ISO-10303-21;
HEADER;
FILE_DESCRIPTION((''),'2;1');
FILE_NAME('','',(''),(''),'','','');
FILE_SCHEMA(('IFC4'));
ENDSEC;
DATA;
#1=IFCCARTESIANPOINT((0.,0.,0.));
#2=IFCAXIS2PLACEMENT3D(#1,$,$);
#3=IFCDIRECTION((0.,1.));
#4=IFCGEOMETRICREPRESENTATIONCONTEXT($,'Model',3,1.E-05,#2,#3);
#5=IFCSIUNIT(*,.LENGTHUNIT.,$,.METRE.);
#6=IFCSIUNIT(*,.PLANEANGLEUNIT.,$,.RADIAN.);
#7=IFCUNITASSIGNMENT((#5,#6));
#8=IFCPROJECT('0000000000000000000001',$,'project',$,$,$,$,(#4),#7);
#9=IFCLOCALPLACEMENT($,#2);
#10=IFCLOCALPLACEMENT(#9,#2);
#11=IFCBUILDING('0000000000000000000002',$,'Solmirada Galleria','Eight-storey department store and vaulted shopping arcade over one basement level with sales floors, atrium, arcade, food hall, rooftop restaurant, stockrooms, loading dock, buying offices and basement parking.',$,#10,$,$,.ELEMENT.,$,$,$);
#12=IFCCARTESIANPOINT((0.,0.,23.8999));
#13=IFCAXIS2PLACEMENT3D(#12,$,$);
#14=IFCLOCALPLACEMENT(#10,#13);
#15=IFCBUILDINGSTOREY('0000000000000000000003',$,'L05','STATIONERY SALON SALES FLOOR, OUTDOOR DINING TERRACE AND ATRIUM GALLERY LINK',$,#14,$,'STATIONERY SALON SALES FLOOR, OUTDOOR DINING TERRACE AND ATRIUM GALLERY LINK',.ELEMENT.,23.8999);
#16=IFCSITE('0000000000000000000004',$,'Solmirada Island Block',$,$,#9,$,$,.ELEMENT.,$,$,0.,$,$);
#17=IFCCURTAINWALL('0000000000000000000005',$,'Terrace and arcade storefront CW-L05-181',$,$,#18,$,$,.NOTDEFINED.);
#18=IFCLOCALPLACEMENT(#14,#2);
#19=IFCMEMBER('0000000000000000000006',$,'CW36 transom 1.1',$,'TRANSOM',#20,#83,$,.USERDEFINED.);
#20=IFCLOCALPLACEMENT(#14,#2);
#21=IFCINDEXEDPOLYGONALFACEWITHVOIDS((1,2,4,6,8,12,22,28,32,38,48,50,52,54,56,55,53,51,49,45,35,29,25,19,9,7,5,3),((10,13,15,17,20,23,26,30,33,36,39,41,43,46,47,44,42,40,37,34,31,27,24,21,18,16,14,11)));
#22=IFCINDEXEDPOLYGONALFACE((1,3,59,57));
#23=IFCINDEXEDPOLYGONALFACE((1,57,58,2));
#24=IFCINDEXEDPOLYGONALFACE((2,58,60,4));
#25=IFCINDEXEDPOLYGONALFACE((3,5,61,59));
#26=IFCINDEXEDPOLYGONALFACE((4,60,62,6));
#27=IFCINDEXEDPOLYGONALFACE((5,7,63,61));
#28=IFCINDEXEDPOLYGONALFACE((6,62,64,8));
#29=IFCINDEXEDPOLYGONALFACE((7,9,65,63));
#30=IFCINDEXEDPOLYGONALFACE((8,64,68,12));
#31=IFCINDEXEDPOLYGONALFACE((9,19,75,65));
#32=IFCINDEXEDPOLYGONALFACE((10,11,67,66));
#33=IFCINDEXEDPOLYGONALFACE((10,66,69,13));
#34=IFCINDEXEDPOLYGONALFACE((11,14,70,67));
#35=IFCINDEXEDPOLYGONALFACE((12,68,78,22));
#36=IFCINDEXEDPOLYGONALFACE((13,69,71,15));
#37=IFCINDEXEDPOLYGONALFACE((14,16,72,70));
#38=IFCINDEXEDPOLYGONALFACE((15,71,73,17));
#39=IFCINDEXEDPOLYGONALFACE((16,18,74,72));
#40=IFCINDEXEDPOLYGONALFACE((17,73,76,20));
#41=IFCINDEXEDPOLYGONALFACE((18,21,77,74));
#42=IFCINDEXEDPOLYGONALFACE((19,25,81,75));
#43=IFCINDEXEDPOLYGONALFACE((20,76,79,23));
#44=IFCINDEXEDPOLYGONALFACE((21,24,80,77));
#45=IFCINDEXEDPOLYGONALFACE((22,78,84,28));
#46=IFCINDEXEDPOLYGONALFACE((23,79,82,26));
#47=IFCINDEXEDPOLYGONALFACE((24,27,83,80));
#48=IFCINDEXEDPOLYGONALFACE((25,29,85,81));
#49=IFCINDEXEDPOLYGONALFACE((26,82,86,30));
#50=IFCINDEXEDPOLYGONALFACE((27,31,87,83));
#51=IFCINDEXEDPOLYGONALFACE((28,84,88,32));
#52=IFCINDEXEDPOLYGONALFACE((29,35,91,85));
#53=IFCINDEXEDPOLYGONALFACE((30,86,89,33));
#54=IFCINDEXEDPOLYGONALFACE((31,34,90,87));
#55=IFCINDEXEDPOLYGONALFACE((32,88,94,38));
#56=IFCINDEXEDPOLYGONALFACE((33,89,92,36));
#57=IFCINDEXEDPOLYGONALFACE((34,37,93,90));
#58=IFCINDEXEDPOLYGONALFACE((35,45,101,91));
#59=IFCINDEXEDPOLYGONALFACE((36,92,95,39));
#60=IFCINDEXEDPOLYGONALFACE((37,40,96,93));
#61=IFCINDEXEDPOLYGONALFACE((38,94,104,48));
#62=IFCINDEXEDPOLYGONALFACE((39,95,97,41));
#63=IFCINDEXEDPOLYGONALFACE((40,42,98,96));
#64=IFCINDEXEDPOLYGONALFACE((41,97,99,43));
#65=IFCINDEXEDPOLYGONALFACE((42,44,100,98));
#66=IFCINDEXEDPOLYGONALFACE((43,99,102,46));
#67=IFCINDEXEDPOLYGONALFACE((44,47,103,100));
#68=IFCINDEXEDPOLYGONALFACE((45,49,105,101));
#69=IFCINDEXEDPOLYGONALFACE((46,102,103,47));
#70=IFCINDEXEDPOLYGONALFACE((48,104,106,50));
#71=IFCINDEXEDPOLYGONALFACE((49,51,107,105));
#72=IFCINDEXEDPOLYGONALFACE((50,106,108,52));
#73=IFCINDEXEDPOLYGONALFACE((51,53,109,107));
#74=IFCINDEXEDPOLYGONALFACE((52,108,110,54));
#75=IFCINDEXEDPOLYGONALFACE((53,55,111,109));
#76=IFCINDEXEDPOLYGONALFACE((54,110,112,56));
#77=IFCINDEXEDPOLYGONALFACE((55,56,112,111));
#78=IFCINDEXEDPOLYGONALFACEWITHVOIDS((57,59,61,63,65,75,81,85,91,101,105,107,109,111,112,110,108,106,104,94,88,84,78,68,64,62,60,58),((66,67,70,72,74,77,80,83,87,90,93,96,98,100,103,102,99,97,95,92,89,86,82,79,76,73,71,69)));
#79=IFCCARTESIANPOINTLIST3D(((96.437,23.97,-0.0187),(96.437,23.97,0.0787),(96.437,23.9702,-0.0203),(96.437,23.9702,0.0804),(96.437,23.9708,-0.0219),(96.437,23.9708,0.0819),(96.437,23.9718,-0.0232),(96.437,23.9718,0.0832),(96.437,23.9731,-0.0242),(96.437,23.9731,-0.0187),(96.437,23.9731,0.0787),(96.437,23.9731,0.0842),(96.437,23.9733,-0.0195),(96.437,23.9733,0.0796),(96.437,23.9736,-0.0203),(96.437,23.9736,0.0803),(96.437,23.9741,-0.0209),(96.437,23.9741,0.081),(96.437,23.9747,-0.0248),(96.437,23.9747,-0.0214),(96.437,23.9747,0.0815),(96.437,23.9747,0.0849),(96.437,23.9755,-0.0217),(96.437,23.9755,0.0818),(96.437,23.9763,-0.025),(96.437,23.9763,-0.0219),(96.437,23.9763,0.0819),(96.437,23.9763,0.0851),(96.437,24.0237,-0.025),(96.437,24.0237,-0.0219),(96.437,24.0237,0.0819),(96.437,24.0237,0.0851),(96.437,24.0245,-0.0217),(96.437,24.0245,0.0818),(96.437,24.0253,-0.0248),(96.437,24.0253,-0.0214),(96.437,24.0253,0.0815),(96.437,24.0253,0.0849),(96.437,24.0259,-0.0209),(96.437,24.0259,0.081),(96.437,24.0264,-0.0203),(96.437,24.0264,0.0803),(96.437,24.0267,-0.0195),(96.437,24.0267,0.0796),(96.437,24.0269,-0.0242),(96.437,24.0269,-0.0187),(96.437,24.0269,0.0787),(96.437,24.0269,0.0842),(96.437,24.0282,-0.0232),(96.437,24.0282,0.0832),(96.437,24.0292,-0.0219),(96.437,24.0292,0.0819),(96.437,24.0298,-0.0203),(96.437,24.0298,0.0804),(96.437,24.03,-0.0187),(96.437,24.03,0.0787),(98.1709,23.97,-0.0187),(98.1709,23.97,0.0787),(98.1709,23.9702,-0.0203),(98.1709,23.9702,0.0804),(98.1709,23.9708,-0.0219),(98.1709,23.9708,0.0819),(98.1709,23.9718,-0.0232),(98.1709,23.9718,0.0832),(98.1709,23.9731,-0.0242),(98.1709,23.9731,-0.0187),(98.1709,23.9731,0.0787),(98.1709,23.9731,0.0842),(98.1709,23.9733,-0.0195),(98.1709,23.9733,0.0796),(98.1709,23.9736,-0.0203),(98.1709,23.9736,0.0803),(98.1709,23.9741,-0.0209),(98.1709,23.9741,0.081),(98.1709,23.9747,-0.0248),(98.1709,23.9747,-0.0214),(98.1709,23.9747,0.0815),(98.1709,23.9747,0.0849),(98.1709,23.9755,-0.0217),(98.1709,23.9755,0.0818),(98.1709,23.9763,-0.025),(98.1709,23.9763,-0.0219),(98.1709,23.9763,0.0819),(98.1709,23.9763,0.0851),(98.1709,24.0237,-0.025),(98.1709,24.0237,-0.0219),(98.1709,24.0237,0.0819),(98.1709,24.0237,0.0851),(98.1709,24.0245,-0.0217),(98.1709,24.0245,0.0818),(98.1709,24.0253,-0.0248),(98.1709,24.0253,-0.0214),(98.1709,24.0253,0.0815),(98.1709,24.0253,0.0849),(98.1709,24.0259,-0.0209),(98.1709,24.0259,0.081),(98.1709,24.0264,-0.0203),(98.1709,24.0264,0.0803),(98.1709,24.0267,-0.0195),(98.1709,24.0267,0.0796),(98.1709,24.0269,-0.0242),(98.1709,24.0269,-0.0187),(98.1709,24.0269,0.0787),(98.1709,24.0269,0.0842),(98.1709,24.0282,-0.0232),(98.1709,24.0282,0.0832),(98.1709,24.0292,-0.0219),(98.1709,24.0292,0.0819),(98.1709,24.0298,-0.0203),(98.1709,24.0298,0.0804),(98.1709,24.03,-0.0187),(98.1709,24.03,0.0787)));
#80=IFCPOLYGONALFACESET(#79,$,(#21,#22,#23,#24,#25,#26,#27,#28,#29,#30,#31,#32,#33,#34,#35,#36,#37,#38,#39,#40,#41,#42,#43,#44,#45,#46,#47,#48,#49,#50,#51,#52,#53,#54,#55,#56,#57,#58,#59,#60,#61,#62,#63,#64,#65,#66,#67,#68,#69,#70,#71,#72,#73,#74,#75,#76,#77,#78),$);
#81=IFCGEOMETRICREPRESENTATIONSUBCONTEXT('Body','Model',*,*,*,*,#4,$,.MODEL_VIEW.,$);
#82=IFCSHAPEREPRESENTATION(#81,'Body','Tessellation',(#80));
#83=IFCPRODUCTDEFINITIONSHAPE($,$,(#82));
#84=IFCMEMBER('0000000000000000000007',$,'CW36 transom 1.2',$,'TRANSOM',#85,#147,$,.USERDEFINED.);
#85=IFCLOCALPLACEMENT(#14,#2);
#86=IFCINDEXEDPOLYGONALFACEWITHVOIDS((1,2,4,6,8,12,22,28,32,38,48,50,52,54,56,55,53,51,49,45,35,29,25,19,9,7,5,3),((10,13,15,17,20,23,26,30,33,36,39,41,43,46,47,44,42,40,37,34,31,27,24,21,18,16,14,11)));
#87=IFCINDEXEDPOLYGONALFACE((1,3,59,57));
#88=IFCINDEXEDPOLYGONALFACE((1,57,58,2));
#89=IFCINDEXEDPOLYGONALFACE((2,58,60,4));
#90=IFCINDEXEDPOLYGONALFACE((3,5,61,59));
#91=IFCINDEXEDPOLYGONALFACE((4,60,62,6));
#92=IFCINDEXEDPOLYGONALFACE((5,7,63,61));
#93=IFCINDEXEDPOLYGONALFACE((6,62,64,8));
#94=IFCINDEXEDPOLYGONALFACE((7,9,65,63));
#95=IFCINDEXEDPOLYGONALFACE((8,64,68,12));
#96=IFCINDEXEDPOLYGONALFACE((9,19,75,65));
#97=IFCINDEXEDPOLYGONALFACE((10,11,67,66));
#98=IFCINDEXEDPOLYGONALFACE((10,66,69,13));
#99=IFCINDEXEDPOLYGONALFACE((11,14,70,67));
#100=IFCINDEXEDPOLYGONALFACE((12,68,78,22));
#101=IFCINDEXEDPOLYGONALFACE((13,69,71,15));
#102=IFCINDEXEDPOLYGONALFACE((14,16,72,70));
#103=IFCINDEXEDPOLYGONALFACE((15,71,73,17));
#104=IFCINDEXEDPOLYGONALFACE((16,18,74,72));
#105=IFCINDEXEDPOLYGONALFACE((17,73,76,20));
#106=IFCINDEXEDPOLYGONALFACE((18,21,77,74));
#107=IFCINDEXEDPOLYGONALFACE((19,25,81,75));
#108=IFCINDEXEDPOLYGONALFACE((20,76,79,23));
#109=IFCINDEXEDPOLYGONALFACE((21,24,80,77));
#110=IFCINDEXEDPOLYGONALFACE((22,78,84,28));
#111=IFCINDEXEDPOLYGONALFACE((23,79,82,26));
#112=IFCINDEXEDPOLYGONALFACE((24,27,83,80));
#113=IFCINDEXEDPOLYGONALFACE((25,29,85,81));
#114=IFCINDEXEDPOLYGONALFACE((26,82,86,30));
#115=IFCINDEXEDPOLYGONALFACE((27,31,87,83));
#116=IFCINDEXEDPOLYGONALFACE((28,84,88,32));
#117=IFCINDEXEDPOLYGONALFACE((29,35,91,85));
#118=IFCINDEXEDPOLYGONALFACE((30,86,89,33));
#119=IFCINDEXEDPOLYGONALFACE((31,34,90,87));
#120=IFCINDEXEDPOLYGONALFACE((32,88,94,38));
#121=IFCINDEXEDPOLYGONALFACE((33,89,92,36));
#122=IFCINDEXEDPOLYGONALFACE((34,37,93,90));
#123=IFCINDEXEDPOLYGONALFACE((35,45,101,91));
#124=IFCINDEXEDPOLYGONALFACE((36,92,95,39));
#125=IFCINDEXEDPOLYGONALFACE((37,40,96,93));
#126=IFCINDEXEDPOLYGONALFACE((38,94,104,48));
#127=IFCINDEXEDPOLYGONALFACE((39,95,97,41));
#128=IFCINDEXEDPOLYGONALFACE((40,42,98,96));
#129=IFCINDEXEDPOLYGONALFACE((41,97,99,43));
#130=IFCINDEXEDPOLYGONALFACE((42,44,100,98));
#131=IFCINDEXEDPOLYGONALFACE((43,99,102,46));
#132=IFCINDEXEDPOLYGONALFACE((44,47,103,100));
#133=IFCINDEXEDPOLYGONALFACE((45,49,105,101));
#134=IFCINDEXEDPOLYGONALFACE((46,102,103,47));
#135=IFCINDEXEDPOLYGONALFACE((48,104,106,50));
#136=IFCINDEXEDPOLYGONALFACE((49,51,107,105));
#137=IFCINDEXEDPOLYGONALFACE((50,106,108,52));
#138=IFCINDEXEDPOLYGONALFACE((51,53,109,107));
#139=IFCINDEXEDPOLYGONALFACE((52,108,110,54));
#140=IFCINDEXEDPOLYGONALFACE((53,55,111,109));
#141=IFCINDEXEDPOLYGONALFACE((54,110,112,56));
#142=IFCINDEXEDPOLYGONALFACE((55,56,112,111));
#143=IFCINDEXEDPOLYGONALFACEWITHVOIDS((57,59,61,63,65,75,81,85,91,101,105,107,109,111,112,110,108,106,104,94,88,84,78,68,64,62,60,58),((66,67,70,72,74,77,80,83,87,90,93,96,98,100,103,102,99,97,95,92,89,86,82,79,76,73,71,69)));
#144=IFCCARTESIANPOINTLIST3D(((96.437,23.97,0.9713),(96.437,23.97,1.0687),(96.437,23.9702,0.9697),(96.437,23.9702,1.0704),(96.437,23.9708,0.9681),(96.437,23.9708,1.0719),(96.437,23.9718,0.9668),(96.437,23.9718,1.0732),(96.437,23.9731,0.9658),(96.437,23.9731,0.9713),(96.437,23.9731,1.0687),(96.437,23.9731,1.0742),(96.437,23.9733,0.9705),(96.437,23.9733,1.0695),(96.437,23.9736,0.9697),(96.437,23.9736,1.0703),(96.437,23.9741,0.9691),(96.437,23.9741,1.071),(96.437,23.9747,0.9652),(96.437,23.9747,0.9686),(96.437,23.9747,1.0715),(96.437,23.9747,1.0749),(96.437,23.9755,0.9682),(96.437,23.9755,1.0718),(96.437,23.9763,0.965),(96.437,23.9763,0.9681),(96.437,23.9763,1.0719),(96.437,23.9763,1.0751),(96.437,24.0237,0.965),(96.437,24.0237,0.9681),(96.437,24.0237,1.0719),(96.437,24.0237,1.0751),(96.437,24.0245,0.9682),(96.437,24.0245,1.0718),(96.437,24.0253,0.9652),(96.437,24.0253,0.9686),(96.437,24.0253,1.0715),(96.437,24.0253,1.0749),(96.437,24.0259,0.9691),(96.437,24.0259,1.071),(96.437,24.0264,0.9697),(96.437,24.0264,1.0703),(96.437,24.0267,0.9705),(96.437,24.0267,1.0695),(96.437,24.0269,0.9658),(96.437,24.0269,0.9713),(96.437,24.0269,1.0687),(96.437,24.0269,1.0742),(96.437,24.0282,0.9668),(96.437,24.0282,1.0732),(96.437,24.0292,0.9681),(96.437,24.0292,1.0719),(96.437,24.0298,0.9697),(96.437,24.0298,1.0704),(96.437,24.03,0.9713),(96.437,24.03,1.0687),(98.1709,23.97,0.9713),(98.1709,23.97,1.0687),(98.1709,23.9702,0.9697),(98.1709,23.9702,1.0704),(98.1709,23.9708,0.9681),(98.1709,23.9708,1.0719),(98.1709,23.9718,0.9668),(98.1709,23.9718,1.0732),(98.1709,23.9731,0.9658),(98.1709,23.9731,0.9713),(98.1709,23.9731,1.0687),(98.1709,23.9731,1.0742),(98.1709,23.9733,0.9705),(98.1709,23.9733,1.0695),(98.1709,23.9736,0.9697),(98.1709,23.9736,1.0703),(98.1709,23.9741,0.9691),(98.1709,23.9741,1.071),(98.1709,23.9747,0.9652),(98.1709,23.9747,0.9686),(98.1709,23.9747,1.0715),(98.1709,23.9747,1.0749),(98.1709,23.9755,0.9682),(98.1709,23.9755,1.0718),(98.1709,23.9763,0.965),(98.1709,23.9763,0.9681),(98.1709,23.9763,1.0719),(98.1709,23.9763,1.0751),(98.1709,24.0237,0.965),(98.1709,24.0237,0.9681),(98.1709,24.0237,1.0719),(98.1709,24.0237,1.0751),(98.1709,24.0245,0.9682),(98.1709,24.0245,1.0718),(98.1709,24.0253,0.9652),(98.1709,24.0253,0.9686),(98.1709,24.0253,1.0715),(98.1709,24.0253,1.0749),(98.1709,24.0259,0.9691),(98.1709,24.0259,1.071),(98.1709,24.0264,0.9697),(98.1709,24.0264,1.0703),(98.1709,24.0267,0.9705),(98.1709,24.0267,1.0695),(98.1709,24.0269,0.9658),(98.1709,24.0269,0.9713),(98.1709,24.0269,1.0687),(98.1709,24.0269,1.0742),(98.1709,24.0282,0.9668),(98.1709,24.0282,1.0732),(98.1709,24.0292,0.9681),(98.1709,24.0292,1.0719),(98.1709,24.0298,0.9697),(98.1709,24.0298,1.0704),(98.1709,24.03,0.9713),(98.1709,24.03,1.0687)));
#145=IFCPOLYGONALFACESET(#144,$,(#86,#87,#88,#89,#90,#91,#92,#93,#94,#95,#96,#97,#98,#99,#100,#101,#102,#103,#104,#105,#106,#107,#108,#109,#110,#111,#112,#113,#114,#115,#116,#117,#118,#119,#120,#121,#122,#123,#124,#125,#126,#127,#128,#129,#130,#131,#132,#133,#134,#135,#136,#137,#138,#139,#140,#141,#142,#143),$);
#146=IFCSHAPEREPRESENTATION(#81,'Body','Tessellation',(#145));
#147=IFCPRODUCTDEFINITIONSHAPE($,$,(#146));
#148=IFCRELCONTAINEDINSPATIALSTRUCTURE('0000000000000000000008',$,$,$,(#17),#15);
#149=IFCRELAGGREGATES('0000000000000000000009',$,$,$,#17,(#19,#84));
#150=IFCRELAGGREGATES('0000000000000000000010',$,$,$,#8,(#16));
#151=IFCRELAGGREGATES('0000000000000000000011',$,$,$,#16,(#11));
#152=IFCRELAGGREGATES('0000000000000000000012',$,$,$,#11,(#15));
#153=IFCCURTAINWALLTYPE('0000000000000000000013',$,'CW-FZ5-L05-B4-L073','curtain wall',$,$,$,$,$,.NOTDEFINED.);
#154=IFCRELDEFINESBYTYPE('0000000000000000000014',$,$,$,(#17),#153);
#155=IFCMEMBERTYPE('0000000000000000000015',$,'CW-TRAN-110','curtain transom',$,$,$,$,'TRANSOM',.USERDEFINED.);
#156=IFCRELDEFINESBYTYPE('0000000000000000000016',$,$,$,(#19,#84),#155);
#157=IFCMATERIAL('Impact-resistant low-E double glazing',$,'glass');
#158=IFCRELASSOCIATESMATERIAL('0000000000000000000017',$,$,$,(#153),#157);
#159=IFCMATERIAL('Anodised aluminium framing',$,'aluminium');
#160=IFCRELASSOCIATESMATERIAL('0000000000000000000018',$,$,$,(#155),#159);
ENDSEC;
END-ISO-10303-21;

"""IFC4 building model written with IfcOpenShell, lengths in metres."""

from ifc_helpers import new_model, si_unit, direction, frame, origin, origin_2d, place, context, subcontext, project, spatial, hollow_rectangle, extrude, material, material_profile, profile_set, type_object, element, aggregate, save


model = new_model("IFC4")

# Units and contexts
model_context = context("Model", 3, precision=1e-05, world=origin(), true_north=direction((0.0, 1.0)))
body_context = subcontext(model_context, "Body", "Model", "MODEL_VIEW")
ifc_project = project(units=[si_unit("LENGTHUNIT", "METRE"), si_unit("PLANEANGLEUNIT", "RADIAN")], contexts=[model_context])

# Site, building, storey
site_placement = place(None, origin())
site = spatial("IfcSite", under=ifc_project, at=site_placement, Name="Solmirada Island Block", CompositionType="ELEMENT", RefElevation=0.0)
building_placement = place(site_placement, origin())
building = spatial("IfcBuilding", under=site, at=building_placement, Name="Solmirada Galleria", Description="Eight-storey department store and vaulted shopping arcade over one basement level with sales floors, atrium, arcade, food hall, rooftop restaurant, stockrooms, loading dock, buying offices and basement parking.", CompositionType="ELEMENT")
storey_placement = place(building_placement, frame((0.0, 0.0, 23.8999)))
storey = spatial("IfcBuildingStorey", under=building, at=storey_placement, Name="L05", Description="STATIONERY SALON SALES FLOOR, OUTDOOR DINING TERRACE AND ATRIUM GALLERY LINK", LongName="STATIONERY SALON SALES FLOOR, OUTDOOR DINING TERRACE AND ATRIUM GALLERY LINK", CompositionType="ELEMENT", Elevation=23.8999)

# Curtain wall, members
ifc_material_1 = material(Name="Impact-resistant low-E double glazing", Category="glass")
curtain_wall_type = type_object("IfcCurtainWallType", Name="CW-FZ5-L05-B4-L073", Description="curtain wall", PredefinedType="NOTDEFINED", material=ifc_material_1)
curtain_wall_placement = place(storey_placement, origin())
curtain_wall = element("IfcCurtainWall", 1, at=curtain_wall_placement, inside=storey, type_object=curtain_wall_type, Name="Terrace and arcade storefront CW-L05-181", PredefinedType="NOTDEFINED")
ifc_material_2 = material(Name="Anodised aluminium framing", Category="aluminium")
ifc_material_profile_1 = material_profile(ifc_material_2, hollow_rectangle(XDim=0.0601, YDim=0.1101, WallThickness=0.0032, InnerFilletRadius=0.0032, OuterFilletRadius=0.0063, at=origin_2d()), Name="ALU-TRAN-110X60")
ifc_profile_set_1 = profile_set([ifc_material_profile_1], Name="Anodised aluminium framing")
member_type_1 = type_object("IfcMemberType", Name="CW-TRAN-110", Description="curtain transom", ElementType="TRANSOM", PredefinedType="USERDEFINED", material=ifc_profile_set_1)
member_1_placement = place(storey_placement, frame((96.437, 24.0, 0.03), z_axis=(1.0, 0.0, 0.0), x_axis=(0.0, 1.0, 0.0)))
member_1 = element("IfcMember", 2, at=member_1_placement, type_object=member_type_1, Name="CW36 transom 1.1", ObjectType="TRANSOM", PredefinedType="USERDEFINED", context=body_context, shape_type="SweptSolid", body=[
    extrude(hollow_rectangle(XDim=0.0601, YDim=0.1101, WallThickness=0.0032, InnerFilletRadius=0.0032, OuterFilletRadius=0.0063, at=origin_2d()), origin(), (0.0, 0.0, 1.0), 1.7339),
])
member_2_placement = place(storey_placement, frame((96.437, 24.0, 1.02), z_axis=(1.0, 0.0, 0.0), x_axis=(0.0, 1.0, 0.0)))
member_2 = element("IfcMember", 3, at=member_2_placement, type_object=member_type_1, Name="CW36 transom 1.2", ObjectType="TRANSOM", PredefinedType="USERDEFINED", context=body_context, shape_type="SweptSolid", body=[
    extrude(hollow_rectangle(XDim=0.0601, YDim=0.1101, WallThickness=0.0032, InnerFilletRadius=0.0032, OuterFilletRadius=0.0063, at=origin_2d()), origin(), (0.0, 0.0, 1.0), 1.7339),
])
aggregate(curtain_wall, [member_1, member_2])

save(model, "model.ifc")
